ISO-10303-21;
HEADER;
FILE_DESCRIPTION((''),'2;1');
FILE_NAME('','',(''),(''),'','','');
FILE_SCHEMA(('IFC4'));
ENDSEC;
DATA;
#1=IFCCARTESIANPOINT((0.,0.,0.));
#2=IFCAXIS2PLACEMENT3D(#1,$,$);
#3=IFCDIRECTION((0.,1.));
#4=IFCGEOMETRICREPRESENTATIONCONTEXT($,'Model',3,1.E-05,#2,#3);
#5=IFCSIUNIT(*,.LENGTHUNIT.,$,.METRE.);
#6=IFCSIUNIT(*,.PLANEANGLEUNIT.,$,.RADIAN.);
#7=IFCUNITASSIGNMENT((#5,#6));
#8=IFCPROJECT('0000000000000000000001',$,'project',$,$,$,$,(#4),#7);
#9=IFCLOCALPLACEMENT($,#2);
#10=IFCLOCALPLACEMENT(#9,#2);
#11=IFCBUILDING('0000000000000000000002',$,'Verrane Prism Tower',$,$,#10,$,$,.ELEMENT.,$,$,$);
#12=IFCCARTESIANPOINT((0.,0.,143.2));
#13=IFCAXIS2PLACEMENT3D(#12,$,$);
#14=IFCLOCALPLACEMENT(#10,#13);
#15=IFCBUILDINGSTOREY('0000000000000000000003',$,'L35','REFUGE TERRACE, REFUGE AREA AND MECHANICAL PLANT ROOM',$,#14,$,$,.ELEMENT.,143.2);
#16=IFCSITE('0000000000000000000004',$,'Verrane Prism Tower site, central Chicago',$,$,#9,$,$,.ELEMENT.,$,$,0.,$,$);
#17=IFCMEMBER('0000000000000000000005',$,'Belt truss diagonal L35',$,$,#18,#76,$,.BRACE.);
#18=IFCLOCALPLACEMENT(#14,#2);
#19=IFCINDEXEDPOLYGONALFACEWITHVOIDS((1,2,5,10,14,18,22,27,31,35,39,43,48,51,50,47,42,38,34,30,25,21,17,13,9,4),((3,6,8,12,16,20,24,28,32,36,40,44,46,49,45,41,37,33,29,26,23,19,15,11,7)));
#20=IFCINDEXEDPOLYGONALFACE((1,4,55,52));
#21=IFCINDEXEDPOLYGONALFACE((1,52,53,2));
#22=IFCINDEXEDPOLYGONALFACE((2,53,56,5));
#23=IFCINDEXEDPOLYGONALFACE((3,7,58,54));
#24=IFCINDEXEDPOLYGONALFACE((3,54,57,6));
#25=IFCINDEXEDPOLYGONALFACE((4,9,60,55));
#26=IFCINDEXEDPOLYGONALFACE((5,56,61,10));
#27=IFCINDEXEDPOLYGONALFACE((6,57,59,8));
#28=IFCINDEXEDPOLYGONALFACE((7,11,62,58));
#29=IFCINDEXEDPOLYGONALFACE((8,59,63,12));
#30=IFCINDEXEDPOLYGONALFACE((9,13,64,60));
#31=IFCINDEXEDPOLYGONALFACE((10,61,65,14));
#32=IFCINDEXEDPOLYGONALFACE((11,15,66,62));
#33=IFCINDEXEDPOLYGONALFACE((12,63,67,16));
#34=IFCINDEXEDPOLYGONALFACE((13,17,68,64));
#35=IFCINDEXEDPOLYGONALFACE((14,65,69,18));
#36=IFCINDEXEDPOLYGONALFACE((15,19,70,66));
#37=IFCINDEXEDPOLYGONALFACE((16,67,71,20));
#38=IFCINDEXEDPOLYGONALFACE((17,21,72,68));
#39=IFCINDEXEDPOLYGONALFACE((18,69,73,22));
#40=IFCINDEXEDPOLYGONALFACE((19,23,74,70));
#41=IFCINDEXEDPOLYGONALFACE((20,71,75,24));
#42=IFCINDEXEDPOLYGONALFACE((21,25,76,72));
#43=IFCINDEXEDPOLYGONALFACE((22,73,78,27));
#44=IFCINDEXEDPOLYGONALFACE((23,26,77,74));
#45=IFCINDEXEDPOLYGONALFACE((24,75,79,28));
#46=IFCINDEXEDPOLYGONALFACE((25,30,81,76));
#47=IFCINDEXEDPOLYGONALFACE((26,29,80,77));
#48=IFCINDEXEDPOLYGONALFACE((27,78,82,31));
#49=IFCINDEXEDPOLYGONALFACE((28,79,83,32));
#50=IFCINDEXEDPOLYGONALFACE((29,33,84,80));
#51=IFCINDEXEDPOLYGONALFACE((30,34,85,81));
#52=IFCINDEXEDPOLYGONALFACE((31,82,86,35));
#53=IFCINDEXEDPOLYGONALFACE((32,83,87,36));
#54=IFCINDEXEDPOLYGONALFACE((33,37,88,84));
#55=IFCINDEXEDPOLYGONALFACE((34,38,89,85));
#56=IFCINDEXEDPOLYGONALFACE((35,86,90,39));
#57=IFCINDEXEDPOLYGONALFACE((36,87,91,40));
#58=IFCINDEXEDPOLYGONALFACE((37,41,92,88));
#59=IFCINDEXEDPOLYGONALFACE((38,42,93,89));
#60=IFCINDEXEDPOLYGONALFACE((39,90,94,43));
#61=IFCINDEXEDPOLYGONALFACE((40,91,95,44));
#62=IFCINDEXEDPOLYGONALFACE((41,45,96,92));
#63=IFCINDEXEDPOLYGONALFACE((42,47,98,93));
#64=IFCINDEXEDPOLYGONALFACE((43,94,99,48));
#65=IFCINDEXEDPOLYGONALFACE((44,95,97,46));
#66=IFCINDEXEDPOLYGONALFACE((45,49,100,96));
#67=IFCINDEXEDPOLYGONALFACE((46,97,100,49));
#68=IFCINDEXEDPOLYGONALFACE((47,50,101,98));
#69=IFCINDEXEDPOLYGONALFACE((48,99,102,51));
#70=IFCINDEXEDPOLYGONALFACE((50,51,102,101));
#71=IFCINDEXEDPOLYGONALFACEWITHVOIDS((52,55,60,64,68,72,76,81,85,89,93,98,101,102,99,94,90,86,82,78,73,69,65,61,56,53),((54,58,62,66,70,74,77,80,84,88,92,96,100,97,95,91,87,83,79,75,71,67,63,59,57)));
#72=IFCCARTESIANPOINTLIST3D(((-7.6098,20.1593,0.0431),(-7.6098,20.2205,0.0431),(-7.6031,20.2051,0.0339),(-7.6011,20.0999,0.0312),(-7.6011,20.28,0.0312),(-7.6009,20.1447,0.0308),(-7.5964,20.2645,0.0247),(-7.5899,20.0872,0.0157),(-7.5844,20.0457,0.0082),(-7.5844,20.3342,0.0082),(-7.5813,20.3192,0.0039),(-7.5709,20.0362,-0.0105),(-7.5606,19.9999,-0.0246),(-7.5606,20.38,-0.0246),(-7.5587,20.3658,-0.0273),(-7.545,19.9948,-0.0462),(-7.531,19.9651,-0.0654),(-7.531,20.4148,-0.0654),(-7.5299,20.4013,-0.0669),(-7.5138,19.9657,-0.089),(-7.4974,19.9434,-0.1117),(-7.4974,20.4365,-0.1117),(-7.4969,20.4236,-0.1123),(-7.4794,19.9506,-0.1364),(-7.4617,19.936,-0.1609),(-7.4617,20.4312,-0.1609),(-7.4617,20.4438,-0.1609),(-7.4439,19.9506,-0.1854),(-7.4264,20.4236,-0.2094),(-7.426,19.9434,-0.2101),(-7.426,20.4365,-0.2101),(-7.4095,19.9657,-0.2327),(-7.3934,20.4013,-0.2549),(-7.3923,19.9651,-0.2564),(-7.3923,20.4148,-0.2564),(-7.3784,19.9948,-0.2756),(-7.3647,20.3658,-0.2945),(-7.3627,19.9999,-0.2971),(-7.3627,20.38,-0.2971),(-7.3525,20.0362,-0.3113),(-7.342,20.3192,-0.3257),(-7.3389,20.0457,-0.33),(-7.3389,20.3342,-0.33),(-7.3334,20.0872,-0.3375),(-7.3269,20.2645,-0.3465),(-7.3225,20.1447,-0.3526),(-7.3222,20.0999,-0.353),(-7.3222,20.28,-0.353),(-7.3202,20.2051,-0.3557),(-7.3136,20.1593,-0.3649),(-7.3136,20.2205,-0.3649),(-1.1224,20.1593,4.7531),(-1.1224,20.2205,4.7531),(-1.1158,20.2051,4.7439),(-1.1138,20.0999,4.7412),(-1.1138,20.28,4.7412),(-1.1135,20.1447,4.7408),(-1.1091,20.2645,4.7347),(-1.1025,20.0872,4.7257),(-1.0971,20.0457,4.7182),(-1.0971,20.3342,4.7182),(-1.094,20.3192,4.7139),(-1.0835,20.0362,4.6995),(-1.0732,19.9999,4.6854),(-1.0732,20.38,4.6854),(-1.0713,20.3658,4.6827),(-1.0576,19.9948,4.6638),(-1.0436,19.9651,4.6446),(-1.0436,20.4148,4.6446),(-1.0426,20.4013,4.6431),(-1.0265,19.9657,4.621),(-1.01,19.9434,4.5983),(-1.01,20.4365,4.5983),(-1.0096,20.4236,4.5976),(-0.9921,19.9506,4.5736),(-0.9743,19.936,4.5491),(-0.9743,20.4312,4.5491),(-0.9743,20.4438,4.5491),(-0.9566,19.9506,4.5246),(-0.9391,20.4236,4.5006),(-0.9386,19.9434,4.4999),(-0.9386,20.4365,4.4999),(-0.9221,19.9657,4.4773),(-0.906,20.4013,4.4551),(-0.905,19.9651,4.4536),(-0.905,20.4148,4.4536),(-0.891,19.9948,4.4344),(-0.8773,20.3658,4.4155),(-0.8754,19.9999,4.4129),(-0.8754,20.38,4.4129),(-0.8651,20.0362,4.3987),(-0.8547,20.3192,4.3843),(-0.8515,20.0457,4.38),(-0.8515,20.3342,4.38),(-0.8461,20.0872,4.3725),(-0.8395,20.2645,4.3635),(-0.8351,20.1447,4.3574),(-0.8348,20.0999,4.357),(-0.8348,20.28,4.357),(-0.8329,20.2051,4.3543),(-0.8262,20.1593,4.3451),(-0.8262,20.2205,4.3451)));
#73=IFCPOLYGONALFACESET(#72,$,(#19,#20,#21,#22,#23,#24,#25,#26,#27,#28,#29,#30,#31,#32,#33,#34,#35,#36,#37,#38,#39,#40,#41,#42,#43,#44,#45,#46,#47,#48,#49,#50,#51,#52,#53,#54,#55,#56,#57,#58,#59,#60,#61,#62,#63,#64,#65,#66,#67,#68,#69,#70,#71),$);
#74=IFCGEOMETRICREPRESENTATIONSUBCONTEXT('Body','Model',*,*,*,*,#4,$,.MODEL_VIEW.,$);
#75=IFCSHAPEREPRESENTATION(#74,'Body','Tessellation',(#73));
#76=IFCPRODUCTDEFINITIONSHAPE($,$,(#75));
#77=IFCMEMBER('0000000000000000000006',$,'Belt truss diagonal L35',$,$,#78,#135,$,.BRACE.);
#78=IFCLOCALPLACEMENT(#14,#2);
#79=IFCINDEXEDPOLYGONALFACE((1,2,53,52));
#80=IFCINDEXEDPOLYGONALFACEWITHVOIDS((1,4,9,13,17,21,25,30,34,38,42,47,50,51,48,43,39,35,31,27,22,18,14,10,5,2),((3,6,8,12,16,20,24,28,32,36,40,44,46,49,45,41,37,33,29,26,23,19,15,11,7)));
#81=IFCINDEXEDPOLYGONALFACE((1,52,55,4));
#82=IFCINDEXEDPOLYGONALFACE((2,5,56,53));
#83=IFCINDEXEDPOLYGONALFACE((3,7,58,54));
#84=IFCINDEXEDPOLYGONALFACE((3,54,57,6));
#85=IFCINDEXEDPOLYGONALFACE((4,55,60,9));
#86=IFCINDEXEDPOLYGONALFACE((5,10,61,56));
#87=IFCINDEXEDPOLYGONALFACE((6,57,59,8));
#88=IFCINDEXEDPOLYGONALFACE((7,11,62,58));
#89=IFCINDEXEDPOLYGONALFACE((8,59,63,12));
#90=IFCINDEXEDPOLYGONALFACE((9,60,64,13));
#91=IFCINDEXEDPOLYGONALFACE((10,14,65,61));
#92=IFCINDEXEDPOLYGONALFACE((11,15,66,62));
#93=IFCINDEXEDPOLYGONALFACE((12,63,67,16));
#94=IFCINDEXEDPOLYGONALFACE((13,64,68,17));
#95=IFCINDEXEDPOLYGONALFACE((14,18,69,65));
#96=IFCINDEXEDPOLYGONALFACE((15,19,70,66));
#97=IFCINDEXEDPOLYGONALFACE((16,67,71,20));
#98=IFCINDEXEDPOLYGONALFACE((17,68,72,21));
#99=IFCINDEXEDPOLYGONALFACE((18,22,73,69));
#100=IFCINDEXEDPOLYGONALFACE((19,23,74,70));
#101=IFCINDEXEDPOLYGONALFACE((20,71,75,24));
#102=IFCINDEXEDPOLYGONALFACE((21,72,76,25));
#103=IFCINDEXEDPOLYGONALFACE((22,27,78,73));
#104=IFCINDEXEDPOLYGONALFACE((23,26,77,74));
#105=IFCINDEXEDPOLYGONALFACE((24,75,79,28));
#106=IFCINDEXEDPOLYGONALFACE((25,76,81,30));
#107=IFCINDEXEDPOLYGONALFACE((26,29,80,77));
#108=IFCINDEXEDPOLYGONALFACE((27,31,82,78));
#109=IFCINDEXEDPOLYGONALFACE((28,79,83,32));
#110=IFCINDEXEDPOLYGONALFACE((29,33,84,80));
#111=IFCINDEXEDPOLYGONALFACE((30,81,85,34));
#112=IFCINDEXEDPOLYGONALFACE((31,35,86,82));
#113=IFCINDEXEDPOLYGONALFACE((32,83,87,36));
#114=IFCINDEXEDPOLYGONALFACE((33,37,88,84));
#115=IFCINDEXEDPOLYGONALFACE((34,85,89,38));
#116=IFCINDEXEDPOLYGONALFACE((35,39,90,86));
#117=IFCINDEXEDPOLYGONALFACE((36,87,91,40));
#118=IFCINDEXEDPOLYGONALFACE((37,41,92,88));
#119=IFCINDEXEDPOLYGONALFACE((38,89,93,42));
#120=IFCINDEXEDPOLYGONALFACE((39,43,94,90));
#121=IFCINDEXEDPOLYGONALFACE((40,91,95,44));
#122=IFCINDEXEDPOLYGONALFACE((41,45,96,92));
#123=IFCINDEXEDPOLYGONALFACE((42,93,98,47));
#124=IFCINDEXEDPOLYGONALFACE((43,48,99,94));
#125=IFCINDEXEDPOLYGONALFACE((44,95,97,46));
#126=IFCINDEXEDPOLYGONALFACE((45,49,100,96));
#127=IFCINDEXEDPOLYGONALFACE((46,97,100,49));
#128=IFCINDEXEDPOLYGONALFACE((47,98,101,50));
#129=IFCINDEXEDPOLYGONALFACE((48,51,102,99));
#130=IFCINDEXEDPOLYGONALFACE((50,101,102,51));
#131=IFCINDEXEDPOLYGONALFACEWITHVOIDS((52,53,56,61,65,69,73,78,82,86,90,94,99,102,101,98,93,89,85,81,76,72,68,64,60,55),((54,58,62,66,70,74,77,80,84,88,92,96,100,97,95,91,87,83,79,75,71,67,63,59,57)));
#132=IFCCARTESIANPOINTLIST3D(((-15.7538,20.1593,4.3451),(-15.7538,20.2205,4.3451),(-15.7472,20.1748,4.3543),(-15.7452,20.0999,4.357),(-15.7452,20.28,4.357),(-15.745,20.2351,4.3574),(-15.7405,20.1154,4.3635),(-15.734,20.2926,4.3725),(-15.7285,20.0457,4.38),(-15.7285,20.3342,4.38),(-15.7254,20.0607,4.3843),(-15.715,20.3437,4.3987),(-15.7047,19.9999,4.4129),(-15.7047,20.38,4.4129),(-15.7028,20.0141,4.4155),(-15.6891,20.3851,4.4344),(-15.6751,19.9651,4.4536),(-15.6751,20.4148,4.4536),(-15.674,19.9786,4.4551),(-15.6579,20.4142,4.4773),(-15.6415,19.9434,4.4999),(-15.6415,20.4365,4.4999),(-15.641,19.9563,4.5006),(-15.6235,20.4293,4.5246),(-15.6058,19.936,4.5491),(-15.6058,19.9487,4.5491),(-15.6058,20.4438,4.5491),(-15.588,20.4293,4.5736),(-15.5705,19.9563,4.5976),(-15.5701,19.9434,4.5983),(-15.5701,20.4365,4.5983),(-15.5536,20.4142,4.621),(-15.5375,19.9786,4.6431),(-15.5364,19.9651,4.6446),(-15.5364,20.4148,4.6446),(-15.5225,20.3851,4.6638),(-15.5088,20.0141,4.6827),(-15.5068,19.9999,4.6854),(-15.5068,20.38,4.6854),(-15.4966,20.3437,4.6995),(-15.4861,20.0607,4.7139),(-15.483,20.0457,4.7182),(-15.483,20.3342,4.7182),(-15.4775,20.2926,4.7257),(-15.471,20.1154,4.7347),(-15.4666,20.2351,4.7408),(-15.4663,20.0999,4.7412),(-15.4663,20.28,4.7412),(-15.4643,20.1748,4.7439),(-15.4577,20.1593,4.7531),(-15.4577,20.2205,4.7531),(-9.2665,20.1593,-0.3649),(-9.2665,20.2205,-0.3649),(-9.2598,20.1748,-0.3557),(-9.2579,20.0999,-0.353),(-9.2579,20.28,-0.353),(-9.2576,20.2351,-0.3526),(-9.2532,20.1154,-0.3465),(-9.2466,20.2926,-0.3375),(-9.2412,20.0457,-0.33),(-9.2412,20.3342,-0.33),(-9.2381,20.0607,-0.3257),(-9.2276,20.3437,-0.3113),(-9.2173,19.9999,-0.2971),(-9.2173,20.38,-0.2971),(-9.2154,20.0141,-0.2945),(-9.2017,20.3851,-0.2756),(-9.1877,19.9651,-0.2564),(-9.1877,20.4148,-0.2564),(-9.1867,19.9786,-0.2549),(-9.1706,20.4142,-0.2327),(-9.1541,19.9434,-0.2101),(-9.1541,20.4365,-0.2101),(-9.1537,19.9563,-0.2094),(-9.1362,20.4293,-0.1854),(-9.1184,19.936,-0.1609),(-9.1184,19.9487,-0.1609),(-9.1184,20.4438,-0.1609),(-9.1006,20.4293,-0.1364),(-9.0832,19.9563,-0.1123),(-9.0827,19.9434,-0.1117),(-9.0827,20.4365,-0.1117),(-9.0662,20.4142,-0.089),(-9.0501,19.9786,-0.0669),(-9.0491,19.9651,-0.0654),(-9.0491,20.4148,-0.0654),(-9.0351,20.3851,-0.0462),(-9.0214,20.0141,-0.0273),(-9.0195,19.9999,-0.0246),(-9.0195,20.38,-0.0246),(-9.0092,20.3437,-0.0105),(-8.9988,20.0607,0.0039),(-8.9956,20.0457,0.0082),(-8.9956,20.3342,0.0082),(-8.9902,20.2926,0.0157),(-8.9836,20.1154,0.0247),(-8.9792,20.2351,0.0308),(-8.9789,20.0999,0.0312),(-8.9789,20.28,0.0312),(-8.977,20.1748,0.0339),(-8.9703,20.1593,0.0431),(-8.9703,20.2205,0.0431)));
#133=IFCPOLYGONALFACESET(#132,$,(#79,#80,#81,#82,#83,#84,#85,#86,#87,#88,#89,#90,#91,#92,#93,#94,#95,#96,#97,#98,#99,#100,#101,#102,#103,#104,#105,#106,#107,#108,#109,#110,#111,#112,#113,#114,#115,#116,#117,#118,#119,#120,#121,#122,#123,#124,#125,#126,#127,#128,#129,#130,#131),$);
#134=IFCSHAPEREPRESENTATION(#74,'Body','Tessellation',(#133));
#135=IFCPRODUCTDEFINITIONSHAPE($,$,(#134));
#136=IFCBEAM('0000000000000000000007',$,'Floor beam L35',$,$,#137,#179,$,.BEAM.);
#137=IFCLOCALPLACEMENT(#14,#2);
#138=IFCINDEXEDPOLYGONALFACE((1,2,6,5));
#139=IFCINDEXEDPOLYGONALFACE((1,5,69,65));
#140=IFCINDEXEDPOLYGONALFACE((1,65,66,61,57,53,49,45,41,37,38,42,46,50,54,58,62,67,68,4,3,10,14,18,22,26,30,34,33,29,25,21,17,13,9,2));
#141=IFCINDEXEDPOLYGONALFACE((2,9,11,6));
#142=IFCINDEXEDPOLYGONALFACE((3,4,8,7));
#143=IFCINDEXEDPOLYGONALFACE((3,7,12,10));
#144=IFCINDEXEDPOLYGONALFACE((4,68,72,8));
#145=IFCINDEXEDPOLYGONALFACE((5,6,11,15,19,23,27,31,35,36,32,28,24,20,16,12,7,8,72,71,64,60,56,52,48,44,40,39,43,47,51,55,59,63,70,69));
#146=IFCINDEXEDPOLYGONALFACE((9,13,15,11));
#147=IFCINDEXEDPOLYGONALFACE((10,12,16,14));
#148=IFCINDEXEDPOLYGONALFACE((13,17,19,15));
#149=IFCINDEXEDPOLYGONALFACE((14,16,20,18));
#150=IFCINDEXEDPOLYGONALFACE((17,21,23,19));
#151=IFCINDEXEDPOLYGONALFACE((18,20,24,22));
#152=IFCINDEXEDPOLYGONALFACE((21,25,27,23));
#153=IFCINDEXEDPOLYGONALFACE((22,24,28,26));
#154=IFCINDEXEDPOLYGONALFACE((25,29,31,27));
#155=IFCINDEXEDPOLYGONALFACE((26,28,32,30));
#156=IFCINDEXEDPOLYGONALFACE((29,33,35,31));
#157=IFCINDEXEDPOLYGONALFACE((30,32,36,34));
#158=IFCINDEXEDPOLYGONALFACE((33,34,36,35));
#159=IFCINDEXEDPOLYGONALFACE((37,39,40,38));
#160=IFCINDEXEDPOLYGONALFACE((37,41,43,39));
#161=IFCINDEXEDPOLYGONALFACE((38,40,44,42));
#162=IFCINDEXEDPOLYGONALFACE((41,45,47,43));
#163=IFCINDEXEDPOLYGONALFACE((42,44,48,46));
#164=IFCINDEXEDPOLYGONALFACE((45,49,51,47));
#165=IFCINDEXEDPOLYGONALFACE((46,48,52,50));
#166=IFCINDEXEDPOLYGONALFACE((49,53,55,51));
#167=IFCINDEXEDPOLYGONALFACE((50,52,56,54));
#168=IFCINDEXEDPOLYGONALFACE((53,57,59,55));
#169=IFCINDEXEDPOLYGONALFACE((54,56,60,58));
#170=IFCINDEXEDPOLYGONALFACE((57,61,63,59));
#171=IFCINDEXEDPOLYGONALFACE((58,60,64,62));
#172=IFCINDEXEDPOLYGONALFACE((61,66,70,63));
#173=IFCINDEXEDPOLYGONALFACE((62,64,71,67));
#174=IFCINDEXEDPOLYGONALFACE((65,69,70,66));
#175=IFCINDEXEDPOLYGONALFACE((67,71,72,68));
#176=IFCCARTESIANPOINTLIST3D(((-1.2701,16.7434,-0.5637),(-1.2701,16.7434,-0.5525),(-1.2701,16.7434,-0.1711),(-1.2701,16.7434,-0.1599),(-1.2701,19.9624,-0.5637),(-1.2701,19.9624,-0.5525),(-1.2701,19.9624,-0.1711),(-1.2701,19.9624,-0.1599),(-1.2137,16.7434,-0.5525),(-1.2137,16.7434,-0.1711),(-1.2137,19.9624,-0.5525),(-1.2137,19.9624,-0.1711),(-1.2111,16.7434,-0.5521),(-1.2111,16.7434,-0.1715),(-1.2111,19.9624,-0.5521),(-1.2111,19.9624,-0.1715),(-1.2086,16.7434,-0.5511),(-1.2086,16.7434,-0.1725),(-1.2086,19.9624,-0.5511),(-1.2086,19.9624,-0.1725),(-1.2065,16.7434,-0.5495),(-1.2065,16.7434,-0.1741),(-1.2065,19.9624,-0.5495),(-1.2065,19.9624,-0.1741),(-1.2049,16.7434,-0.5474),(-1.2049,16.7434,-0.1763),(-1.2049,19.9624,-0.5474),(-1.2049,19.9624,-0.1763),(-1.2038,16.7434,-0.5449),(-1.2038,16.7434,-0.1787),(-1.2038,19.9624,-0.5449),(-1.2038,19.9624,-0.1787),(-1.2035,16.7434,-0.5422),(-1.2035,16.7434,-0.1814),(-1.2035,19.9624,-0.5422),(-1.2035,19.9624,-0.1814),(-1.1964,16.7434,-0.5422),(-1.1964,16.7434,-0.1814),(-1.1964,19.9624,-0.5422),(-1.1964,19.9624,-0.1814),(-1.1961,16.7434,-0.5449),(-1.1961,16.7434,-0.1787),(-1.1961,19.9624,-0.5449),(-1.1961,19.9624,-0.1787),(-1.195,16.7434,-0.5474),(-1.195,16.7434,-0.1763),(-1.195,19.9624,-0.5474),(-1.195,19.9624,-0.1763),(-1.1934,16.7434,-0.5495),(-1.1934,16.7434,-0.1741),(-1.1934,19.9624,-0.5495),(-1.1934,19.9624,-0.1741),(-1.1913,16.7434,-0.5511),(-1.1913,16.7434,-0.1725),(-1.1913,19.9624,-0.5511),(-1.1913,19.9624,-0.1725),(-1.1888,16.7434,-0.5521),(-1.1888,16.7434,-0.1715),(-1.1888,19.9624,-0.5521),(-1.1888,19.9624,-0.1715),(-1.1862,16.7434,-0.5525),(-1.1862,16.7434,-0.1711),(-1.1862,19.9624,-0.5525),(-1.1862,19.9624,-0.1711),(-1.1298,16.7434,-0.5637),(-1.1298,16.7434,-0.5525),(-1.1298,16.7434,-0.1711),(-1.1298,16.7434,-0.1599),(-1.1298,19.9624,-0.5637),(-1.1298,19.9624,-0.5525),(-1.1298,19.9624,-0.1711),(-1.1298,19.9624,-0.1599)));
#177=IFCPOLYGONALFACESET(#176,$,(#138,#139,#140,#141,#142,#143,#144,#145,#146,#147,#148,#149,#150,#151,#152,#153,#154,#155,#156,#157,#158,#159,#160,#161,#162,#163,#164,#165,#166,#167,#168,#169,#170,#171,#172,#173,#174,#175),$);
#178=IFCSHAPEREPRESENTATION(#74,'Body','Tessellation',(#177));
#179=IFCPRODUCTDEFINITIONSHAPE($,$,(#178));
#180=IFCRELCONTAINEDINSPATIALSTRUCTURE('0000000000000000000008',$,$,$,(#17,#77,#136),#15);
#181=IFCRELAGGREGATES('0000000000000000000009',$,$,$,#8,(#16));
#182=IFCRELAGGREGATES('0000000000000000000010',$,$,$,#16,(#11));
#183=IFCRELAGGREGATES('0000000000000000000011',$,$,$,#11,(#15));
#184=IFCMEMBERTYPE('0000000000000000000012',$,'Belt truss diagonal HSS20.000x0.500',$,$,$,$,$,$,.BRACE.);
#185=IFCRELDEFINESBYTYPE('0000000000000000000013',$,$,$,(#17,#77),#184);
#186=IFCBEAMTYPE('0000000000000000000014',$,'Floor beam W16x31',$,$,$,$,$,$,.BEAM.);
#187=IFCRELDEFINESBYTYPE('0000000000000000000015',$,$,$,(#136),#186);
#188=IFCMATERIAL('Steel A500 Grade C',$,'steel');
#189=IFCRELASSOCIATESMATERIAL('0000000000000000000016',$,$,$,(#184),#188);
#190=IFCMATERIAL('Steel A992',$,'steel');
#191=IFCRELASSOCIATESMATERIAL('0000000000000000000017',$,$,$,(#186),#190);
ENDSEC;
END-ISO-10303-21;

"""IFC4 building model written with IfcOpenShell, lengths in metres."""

from ifc_helpers import new_model, si_unit, direction, frame, origin, origin_2d, place, context, subcontext, project, spatial, hollow_circle, i_section, extrude, material, material_profile, profile_set, type_object, element, save


model = new_model("IFC4")

# Units and contexts
model_context = context("Model", 3, precision=1e-05, world=origin(), true_north=direction((0.0, 1.0)))
body_context = subcontext(model_context, "Body", "Model", "MODEL_VIEW")
ifc_project = project(units=[si_unit("LENGTHUNIT", "METRE"), si_unit("PLANEANGLEUNIT", "RADIAN")], contexts=[model_context])

# Site, building, storey
site_placement = place(None, origin())
site = spatial("IfcSite", under=ifc_project, at=site_placement, Name="Verrane Prism Tower site, central Chicago", CompositionType="ELEMENT", RefElevation=0.0)
building_placement = place(site_placement, origin())
building = spatial("IfcBuilding", under=site, at=building_placement, Name="Verrane Prism Tower", CompositionType="ELEMENT")
storey_placement = place(building_placement, frame((0.0, 0.0, 143.2)))
storey = spatial("IfcBuildingStorey", under=building, at=storey_placement, Name="L35", Description="REFUGE TERRACE, REFUGE AREA AND MECHANICAL PLANT ROOM", CompositionType="ELEMENT", Elevation=143.2)

# Members
ifc_material_1 = material(Name="Steel A500 Grade C", Category="steel")
ifc_material_profile_1 = material_profile(ifc_material_1, hollow_circle(Radius=0.2539, WallThickness=0.0127, at=origin_2d()), Name="HSS20.000x0.500")
ifc_profile_set_1 = profile_set([ifc_material_profile_1], Name="Steel A500 Grade C")
member_type_1 = type_object("IfcMemberType", Name="Belt truss diagonal HSS20.000x0.500", PredefinedType="BRACE", material=ifc_profile_set_1)
for number, where, z_axis, x_axis, name in (
    (1, (-7.4617, 20.1899, -0.1609), (0.809215, 0.0, 0.587512), (0.0, 1.0, 0.0), "Belt truss diagonal L35"),
    (2, (-9.1184, 20.1899, -0.1609), (-0.809215, 0.0, 0.587512), (0.0, -1.0, 0.0), "Belt truss diagonal L35"),
):
    element("IfcMember", number, at=place(storey_placement, frame(where, z_axis=z_axis, x_axis=x_axis)), inside=storey, type_object=member_type_1, Name=name, PredefinedType="BRACE", context=body_context, shape_type="SweptSolid", body=[
        extrude(hollow_circle(Radius=0.2539, WallThickness=0.0127, at=origin_2d()), origin(), (0.0, 0.0, 1.0), 8.0168),
    ])

# Beam
ifc_material_2 = material(Name="Steel A992", Category="steel")
ifc_material_profile_2 = material_profile(ifc_material_2, i_section(OverallWidth=0.1404, OverallDepth=0.4038, WebThickness=0.0071, FlangeThickness=0.0112, FilletRadius=0.0103, at=origin_2d()), Name="W16x31")
ifc_profile_set_2 = profile_set([ifc_material_profile_2], Name="Steel A992")
beam_type_1 = type_object("IfcBeamType", Name="Floor beam W16x31", PredefinedType="BEAM", material=ifc_profile_set_2)
for number, where, z_axis, x_axis, name in (
    (3, (-1.2, 16.7434, -0.3618), (0.0, 1.0, 0.0), (-1.0, 0.0, 0.0), "Floor beam L35"),
):
    element("IfcBeam", number, at=place(storey_placement, frame(where, z_axis=z_axis, x_axis=x_axis)), inside=storey, type_object=beam_type_1, Name=name, PredefinedType="BEAM", context=body_context, shape_type="SweptSolid", body=[
        extrude(i_section(OverallWidth=0.1404, OverallDepth=0.4038, WebThickness=0.0071, FlangeThickness=0.0112, FilletRadius=0.0103, at=origin_2d()), origin(), (0.0, 0.0, 1.0), 3.219),
    ])

save(model, "model.ifc")
